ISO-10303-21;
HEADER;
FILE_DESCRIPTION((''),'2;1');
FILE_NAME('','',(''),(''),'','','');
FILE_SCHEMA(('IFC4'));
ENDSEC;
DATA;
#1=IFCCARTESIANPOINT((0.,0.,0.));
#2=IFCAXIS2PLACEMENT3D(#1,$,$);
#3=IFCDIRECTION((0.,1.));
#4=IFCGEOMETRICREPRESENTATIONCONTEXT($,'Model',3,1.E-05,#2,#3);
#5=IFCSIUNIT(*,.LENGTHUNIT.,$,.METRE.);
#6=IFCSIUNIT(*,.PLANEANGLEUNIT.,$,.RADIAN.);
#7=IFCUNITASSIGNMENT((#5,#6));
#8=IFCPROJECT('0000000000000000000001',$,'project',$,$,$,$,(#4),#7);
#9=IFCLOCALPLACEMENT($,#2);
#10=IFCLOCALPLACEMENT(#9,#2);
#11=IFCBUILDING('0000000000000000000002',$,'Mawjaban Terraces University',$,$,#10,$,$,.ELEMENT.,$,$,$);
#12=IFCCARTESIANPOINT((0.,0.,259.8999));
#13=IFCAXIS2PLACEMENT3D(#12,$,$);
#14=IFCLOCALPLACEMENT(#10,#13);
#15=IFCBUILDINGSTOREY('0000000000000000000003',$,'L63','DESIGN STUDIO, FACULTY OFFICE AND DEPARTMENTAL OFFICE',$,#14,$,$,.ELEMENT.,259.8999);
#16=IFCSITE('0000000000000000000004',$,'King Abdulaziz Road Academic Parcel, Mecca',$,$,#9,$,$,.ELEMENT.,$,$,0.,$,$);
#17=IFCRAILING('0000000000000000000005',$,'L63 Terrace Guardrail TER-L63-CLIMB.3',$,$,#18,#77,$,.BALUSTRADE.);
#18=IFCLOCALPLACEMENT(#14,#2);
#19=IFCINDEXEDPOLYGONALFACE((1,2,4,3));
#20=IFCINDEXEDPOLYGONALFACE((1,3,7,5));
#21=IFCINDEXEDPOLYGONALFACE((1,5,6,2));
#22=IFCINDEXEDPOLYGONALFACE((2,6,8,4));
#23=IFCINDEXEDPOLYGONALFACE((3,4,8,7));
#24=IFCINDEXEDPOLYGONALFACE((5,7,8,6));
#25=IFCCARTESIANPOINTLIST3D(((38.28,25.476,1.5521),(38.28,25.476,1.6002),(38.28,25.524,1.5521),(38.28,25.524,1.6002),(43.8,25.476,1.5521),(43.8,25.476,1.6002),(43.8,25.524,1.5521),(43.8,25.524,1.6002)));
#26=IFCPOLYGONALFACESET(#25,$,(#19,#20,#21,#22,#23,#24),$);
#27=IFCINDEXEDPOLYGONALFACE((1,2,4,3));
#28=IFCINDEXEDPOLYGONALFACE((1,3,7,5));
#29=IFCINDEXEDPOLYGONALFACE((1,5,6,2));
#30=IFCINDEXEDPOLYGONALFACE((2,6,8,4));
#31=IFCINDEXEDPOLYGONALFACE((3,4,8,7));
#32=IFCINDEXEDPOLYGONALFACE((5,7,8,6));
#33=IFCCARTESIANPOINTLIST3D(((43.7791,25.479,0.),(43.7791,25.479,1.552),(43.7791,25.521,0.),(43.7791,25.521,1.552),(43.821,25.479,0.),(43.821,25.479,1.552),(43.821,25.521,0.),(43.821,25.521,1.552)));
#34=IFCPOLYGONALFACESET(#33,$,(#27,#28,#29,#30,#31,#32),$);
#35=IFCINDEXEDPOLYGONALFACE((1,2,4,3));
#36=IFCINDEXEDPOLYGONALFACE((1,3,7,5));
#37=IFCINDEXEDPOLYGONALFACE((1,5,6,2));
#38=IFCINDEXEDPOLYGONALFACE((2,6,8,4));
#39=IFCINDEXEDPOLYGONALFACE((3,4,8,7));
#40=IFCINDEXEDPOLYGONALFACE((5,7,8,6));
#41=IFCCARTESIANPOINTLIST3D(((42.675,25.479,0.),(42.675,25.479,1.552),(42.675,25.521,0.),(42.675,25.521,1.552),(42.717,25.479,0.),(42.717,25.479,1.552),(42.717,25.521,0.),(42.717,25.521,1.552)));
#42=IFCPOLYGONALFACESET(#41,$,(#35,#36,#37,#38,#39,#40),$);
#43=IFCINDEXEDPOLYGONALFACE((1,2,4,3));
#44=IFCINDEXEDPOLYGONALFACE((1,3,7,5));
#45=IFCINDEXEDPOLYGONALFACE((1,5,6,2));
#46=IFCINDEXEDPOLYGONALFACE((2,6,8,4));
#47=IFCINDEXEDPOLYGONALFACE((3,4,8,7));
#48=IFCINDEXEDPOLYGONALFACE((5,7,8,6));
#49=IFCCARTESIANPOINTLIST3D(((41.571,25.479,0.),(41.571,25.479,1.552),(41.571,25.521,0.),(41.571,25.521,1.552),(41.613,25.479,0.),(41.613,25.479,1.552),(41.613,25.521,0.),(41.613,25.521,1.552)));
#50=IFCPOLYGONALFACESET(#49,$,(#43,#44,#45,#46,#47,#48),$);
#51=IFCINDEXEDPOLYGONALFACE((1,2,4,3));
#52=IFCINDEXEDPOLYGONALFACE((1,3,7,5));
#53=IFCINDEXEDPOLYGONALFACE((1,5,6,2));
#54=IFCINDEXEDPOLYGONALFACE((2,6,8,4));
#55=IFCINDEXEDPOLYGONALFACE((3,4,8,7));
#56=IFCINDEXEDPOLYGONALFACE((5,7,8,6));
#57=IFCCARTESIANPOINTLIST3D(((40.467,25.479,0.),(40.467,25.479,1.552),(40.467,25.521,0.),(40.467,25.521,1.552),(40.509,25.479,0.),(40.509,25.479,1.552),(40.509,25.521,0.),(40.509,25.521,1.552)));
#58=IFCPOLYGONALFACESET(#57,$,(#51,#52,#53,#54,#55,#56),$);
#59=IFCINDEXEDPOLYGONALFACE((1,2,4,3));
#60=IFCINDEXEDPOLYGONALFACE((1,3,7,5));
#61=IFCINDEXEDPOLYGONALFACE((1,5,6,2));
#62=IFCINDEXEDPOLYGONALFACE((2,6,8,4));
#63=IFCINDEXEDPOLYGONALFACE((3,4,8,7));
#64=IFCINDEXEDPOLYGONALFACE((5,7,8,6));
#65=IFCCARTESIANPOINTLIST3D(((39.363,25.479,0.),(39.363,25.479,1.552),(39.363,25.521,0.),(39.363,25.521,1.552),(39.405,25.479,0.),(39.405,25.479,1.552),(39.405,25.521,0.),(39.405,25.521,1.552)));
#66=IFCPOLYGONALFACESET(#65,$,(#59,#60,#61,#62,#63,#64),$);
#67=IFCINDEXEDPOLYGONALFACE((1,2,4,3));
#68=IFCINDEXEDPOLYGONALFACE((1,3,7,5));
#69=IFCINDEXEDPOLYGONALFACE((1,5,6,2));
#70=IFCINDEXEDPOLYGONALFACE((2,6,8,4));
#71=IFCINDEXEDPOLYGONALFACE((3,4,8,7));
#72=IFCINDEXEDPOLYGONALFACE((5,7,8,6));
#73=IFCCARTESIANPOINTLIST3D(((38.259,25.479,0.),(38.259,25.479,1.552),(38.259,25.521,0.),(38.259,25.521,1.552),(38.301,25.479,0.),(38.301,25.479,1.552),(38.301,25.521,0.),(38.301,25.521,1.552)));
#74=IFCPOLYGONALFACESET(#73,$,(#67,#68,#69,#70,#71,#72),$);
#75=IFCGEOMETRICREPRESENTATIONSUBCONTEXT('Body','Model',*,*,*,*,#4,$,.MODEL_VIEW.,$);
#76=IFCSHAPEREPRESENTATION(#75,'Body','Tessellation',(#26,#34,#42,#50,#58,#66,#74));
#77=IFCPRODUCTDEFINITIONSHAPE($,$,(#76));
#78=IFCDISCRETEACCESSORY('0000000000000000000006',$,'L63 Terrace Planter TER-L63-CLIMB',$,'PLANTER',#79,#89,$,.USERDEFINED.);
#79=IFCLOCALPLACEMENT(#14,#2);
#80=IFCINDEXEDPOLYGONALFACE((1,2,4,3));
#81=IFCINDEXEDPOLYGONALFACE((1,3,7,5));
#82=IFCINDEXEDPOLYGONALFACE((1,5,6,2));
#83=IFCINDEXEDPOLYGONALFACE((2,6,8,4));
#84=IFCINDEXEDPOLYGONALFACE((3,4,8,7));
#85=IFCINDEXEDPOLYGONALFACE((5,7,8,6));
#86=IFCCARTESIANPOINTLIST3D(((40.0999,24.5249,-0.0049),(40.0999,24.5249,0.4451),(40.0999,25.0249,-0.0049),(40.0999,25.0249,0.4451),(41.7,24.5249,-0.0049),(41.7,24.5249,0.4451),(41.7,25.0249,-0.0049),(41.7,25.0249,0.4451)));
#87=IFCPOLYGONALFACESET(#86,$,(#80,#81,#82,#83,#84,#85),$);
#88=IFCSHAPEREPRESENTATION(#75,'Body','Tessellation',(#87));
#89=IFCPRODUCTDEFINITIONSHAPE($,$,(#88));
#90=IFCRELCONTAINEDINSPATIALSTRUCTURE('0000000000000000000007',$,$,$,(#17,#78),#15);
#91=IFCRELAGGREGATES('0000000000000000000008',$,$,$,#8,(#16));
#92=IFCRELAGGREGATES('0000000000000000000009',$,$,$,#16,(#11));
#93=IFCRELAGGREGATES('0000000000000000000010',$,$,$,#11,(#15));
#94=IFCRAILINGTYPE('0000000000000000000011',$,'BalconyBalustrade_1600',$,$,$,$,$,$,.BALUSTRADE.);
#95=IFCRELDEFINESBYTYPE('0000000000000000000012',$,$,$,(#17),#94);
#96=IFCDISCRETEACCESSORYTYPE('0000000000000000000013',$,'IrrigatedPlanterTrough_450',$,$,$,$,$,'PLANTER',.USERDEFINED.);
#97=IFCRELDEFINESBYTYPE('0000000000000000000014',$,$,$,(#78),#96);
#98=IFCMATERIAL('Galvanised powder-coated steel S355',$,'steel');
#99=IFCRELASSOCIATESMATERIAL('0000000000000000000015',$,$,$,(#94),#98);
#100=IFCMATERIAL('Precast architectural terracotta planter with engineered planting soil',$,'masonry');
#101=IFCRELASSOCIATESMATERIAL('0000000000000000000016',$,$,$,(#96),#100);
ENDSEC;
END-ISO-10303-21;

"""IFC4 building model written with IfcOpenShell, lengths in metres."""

from ifc_helpers import new_model, si_unit, direction, frame, origin, origin_2d, place, context, subcontext, project, spatial, rectangle, extrude, material, type_object, element, save


model = new_model("IFC4")

# Units and contexts
model_context = context("Model", 3, precision=1e-05, world=origin(), true_north=direction((0.0, 1.0)))
body_context = subcontext(model_context, "Body", "Model", "MODEL_VIEW")
ifc_project = project(units=[si_unit("LENGTHUNIT", "METRE"), si_unit("PLANEANGLEUNIT", "RADIAN")], contexts=[model_context])

# Site, building, storey
site_placement = place(None, origin())
site = spatial("IfcSite", under=ifc_project, at=site_placement, Name="King Abdulaziz Road Academic Parcel, Mecca", CompositionType="ELEMENT", RefElevation=0.0)
building_placement = place(site_placement, origin())
building = spatial("IfcBuilding", under=site, at=building_placement, Name="Mawjaban Terraces University", CompositionType="ELEMENT")
storey_placement = place(building_placement, frame((0.0, 0.0, 259.8999)))
storey = spatial("IfcBuildingStorey", under=building, at=storey_placement, Name="L63", Description="DESIGN STUDIO, FACULTY OFFICE AND DEPARTMENTAL OFFICE", CompositionType="ELEMENT", Elevation=259.8999)

# Railing
ifc_material_1 = material(Name="Galvanised powder-coated steel S355", Category="steel")
railing_type = type_object("IfcRailingType", Name="BalconyBalustrade_1600", PredefinedType="BALUSTRADE", material=ifc_material_1)
railing_1_placement = place(storey_placement, frame((43.8, 25.5, 0.0)))
element("IfcRailing", 1, at=railing_1_placement, inside=storey, type_object=railing_type, Name="L63 Terrace Guardrail TER-L63-CLIMB.3", PredefinedType="BALUSTRADE", context=body_context, shape_type="SweptSolid", body=[
    extrude(rectangle(XDim=0.0481, YDim=0.0481, at=origin_2d()), frame((0.0, 0.0, 1.5762), z_axis=(-1.0, 0.0, 0.0), x_axis=(0.0, -1.0, 0.0)), (0.0, 0.0, 1.0), 5.52),
    extrude(rectangle(XDim=0.042, YDim=0.042, at=origin_2d()), origin(), (0.0, 0.0, 1.0), 1.552),
    extrude(rectangle(XDim=0.042, YDim=0.042, at=origin_2d()), frame((-1.104, 0.0, 0.0)), (0.0, 0.0, 1.0), 1.552),
    extrude(rectangle(XDim=0.042, YDim=0.042, at=origin_2d()), frame((-2.208, 0.0, 0.0)), (0.0, 0.0, 1.0), 1.552),
    extrude(rectangle(XDim=0.042, YDim=0.042, at=origin_2d()), frame((-3.312, 0.0, 0.0)), (0.0, 0.0, 1.0), 1.552),
    extrude(rectangle(XDim=0.042, YDim=0.042, at=origin_2d()), frame((-4.416, 0.0, 0.0)), (0.0, 0.0, 1.0), 1.552),
    extrude(rectangle(XDim=0.042, YDim=0.042, at=origin_2d()), frame((-5.52, 0.0, 0.0)), (0.0, 0.0, 1.0), 1.552),
])

# Discrete accessory
ifc_material_2 = material(Name="Precast architectural terracotta planter with engineered planting soil", Category="masonry")
discrete_accessory_type = type_object("IfcDiscreteAccessoryType", Name="IrrigatedPlanterTrough_450", ElementType="PLANTER", PredefinedType="USERDEFINED", material=ifc_material_2)
discrete_accessory_placement = place(storey_placement, frame((40.8999, 24.7749, -0.0049), z_axis=(0.0, 0.0, 1.0), x_axis=(1.0, 0.0, 0.0)))
element("IfcDiscreteAccessory", 2, at=discrete_accessory_placement, inside=storey, type_object=discrete_accessory_type, Name="L63 Terrace Planter TER-L63-CLIMB", ObjectType="PLANTER", PredefinedType="USERDEFINED", context=body_context, shape_type="SweptSolid", body=[
    extrude(rectangle(XDim=1.6001, YDim=0.5, at=origin_2d()), origin(), (0.0, 0.0, 1.0), 0.45),
])

save(model, "model.ifc")
